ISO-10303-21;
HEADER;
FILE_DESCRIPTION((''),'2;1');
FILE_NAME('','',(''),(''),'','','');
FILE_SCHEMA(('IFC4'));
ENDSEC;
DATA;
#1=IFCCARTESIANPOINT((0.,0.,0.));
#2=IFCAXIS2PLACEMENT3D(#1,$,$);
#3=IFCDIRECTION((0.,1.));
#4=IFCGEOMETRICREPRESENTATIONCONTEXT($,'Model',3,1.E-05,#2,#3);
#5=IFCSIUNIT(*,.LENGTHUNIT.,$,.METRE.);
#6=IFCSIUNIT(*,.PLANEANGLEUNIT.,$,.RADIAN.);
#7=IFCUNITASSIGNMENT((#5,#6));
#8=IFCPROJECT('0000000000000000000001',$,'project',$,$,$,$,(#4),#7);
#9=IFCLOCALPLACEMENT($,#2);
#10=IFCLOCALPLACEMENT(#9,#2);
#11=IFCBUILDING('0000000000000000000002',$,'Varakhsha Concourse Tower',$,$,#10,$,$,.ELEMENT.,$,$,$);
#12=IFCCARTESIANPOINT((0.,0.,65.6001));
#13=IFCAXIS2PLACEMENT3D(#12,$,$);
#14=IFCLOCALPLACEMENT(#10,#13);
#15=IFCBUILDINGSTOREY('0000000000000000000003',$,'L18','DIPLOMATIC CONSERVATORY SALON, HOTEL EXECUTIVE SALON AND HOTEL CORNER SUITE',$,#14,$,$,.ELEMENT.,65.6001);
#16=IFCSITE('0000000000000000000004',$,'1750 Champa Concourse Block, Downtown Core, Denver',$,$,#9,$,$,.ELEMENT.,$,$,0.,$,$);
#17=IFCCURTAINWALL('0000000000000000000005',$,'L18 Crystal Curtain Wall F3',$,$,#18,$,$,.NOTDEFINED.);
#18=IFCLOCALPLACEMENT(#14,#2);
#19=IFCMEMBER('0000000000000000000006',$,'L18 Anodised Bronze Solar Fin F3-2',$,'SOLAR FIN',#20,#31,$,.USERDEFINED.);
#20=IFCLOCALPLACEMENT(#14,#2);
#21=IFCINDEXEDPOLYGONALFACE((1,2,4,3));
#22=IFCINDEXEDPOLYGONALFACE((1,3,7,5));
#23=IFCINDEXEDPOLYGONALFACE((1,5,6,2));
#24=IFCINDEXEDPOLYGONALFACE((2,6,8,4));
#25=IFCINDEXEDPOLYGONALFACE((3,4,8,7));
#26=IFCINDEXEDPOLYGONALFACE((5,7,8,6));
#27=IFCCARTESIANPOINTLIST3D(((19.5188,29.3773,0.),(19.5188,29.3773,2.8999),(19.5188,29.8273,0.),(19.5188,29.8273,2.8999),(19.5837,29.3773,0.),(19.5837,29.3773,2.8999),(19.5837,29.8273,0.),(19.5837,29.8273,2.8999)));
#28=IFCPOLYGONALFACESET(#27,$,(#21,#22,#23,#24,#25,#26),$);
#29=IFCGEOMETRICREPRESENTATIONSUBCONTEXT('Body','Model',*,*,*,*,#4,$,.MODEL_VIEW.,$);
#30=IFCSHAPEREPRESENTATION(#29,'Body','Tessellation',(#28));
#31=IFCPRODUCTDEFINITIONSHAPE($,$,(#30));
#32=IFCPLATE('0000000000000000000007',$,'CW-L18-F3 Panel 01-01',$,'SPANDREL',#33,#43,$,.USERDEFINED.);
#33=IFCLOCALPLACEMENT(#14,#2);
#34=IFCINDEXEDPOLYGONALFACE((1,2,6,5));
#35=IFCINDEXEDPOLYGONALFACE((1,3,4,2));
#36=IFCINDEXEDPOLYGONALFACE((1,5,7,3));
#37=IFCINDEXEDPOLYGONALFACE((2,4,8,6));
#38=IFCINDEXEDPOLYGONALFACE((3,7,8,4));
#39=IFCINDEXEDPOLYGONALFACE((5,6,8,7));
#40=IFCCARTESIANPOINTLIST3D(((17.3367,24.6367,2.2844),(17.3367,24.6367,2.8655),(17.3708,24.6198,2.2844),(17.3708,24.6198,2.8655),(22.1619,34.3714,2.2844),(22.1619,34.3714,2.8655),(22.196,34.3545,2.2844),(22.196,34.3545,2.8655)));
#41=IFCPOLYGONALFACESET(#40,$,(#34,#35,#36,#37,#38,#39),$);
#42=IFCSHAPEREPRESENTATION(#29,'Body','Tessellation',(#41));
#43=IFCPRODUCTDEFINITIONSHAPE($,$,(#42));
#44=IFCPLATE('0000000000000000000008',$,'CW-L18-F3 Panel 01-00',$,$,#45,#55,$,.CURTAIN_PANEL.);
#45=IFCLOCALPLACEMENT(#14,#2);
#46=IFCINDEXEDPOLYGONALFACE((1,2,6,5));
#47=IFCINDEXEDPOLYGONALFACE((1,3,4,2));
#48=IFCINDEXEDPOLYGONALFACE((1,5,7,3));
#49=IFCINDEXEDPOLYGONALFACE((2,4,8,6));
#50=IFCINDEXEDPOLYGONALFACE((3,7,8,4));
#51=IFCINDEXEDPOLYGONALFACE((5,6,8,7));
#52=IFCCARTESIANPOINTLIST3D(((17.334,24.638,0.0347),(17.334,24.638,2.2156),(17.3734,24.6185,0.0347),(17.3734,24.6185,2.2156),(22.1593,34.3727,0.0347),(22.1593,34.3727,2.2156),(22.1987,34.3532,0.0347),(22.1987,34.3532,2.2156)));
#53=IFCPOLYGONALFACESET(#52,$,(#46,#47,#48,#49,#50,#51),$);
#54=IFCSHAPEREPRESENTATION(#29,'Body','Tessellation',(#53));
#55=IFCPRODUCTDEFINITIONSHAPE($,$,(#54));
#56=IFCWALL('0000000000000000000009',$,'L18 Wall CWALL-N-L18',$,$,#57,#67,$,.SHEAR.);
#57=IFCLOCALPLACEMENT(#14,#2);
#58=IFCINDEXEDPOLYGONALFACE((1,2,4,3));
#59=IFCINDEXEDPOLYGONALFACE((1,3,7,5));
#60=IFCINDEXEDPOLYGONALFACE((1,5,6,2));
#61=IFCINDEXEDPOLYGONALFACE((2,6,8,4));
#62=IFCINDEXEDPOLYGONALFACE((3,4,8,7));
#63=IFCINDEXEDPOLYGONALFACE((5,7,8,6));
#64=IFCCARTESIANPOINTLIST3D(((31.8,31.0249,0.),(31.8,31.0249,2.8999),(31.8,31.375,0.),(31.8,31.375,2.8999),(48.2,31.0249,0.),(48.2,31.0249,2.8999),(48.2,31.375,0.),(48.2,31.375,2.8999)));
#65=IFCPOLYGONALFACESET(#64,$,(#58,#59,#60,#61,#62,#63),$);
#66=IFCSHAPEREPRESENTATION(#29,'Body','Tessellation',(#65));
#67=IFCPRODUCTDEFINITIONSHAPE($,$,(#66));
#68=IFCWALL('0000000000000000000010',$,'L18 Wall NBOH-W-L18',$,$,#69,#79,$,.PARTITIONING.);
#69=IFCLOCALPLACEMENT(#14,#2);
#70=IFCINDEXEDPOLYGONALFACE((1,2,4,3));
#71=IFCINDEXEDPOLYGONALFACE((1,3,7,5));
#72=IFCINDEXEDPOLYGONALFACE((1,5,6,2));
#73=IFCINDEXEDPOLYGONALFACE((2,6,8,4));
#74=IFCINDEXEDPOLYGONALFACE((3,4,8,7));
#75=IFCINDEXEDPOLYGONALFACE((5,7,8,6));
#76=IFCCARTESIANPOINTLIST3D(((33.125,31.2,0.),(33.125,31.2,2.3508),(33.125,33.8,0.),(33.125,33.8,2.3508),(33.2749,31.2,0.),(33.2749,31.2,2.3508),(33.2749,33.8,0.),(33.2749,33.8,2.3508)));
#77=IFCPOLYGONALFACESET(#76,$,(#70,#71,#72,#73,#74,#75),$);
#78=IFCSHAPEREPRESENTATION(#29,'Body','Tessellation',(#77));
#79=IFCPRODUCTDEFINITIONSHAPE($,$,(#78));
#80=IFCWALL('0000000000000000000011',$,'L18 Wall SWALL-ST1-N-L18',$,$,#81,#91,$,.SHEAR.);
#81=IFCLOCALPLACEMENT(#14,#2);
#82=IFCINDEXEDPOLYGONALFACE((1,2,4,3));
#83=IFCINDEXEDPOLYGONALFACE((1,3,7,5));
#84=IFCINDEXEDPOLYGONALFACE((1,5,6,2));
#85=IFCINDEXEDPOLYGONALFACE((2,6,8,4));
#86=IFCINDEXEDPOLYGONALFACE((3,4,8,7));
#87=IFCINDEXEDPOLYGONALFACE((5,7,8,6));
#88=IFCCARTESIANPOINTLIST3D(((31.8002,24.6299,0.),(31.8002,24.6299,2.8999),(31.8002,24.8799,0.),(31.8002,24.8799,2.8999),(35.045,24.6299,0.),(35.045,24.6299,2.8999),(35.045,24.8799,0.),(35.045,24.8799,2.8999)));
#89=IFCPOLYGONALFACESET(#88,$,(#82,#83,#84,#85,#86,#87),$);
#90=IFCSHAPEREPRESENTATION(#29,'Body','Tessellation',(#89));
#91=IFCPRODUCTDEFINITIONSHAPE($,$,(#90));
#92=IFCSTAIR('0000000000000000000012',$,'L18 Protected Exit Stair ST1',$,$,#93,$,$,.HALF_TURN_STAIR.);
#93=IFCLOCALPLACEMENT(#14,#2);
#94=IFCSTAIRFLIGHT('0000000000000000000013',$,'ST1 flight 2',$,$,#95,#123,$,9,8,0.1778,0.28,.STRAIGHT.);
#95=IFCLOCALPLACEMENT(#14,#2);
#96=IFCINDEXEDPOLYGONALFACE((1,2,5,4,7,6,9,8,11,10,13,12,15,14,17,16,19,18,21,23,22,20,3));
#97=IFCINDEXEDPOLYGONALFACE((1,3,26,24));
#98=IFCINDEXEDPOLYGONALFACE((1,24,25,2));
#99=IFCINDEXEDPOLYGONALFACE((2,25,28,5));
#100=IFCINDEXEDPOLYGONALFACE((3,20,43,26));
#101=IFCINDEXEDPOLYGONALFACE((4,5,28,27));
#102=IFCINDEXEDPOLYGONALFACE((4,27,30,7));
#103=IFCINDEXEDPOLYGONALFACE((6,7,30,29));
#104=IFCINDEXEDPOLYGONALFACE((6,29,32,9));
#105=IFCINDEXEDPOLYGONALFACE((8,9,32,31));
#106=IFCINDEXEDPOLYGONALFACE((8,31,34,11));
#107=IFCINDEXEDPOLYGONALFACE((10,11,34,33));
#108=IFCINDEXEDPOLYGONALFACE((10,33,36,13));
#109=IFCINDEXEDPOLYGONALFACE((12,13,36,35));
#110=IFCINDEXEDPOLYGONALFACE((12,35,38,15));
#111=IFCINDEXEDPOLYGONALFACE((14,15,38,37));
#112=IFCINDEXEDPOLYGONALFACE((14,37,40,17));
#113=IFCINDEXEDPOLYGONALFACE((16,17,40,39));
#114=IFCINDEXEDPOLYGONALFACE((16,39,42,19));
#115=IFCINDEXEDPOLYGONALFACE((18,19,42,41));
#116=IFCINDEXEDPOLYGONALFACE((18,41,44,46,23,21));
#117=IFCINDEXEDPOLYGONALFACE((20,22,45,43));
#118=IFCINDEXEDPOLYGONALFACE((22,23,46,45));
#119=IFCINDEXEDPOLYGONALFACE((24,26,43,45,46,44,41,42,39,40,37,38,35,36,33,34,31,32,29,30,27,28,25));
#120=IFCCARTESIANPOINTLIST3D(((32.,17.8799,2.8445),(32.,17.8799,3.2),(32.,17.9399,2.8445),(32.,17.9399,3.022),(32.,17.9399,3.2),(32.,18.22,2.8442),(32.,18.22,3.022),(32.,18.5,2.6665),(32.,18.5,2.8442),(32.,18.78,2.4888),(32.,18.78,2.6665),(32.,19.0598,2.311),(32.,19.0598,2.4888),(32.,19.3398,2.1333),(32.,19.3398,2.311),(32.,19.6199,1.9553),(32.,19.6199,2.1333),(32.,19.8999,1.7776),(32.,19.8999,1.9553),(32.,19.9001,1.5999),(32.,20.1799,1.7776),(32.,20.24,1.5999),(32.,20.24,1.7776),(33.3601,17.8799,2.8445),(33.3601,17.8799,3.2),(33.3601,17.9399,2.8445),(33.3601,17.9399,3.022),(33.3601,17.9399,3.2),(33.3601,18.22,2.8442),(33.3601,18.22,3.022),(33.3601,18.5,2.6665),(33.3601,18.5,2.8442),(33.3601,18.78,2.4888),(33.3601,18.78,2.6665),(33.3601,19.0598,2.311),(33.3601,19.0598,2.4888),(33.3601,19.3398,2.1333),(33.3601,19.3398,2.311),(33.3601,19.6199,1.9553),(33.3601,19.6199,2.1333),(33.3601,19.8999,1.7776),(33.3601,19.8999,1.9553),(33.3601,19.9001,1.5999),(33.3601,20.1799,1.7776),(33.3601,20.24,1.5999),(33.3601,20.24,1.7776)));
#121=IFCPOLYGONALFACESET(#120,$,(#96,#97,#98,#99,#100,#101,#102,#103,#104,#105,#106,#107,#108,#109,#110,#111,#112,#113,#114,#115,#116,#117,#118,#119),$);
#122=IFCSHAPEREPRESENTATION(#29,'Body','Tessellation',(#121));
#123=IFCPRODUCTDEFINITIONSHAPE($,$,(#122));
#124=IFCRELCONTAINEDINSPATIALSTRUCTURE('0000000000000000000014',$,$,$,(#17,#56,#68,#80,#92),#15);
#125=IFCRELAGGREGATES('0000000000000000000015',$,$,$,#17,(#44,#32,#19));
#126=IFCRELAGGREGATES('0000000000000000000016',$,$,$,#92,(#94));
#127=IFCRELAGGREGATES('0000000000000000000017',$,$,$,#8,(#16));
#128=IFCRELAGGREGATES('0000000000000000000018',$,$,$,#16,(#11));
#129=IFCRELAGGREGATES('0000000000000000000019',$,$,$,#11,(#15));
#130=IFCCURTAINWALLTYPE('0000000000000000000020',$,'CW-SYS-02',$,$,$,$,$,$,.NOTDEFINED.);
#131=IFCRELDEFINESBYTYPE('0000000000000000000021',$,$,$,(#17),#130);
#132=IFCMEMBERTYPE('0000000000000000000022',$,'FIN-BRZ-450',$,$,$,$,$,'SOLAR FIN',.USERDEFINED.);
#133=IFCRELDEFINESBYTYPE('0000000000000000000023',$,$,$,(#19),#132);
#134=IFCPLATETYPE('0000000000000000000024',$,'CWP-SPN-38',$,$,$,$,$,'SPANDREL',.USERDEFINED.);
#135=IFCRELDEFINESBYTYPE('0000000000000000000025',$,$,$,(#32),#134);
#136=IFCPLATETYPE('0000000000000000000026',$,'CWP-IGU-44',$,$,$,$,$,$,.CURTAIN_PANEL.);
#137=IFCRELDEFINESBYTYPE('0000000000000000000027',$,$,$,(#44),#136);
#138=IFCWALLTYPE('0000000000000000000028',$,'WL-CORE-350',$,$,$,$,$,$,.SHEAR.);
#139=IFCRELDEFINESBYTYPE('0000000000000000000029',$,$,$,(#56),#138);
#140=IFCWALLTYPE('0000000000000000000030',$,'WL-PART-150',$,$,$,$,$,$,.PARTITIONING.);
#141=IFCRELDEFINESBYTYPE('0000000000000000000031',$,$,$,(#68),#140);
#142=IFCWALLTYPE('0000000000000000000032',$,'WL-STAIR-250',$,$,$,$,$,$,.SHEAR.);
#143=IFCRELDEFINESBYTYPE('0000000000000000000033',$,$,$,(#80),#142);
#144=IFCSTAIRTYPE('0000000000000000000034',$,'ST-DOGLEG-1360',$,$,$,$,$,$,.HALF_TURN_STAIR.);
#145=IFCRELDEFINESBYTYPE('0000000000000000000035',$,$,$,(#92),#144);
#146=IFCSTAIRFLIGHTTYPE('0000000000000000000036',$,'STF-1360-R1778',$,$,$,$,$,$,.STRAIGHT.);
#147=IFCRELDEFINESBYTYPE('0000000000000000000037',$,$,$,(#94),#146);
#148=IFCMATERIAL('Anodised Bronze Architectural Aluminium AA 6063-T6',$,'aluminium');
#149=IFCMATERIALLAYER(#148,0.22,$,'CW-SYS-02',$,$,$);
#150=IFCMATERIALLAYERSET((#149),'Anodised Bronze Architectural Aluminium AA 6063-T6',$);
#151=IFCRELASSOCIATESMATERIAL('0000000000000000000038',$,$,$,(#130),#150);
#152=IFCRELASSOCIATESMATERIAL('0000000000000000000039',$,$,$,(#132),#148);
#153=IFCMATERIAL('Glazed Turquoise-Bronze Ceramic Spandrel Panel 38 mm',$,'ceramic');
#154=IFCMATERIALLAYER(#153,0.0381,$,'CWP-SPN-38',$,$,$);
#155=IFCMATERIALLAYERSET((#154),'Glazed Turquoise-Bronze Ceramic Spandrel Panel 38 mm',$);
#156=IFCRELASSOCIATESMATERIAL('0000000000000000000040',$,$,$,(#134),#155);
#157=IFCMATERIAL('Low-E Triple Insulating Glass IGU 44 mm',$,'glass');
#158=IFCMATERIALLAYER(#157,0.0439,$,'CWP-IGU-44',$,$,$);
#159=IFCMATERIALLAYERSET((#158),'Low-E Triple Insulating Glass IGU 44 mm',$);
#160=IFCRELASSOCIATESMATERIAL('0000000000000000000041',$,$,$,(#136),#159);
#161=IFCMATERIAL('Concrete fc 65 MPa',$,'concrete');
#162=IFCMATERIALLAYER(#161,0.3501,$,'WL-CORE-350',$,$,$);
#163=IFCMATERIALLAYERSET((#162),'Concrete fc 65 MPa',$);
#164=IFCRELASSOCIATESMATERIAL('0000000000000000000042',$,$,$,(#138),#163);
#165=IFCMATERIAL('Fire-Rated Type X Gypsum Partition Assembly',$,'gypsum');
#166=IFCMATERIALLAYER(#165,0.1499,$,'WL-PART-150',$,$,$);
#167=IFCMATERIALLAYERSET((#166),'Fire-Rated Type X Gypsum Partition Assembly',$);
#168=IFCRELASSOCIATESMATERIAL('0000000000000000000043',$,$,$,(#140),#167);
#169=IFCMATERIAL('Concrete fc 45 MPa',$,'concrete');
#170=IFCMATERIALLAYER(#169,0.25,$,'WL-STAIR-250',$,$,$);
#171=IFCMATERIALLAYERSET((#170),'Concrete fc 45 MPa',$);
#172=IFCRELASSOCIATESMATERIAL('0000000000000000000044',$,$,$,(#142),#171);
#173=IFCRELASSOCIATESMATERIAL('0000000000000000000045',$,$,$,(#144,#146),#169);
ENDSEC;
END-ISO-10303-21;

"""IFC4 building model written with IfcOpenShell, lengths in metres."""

from ifc_helpers import new_model, si_unit, direction, frame, frame_2d, origin, origin_2d, place, context, subcontext, project, spatial, polyline, rectangle, outline, extrude, source, transform, mapped, material, layer, layer_set, material_profile, profile_set, type_object, type_shapes, element, aggregate, save


model = new_model("IFC4")

# Units and contexts
model_context = context("Model", 3, precision=1e-05, world=origin(), true_north=direction((0.0, 1.0)))
body_context = subcontext(model_context, "Body", "Model", "MODEL_VIEW")
ifc_project = project(units=[si_unit("LENGTHUNIT", "METRE"), si_unit("PLANEANGLEUNIT", "RADIAN")], contexts=[model_context])

# Site, building, storey
site_placement = place(None, origin())
site = spatial("IfcSite", under=ifc_project, at=site_placement, Name="1750 Champa Concourse Block, Downtown Core, Denver", CompositionType="ELEMENT", RefElevation=0.0)
building_placement = place(site_placement, origin())
building = spatial("IfcBuilding", under=site, at=building_placement, Name="Varakhsha Concourse Tower", CompositionType="ELEMENT")
storey_placement = place(building_placement, frame((0.0, 0.0, 65.6001)))
storey = spatial("IfcBuildingStorey", under=building, at=storey_placement, Name="L18", Description="DIPLOMATIC CONSERVATORY SALON, HOTEL EXECUTIVE SALON AND HOTEL CORNER SUITE", CompositionType="ELEMENT", Elevation=65.6001)

# Shared definitions
ifc_material_1 = material(Name="Concrete fc 65 MPa", Category="concrete")

# Curtain wall, member, plates
ifc_material_2 = material(Name="Anodised Bronze Architectural Aluminium AA 6063-T6", Category="aluminium")
ifc_layer_1 = layer(ifc_material_2, 0.22, Name="CW-SYS-02")
ifc_layer_set_1 = layer_set([ifc_layer_1], Name="Anodised Bronze Architectural Aluminium AA 6063-T6")
curtain_wall_type = type_object("IfcCurtainWallType", Name="CW-SYS-02", PredefinedType="NOTDEFINED", material=ifc_layer_set_1)
curtain_wall_placement = place(storey_placement, origin())
curtain_wall = element("IfcCurtainWall", 1, at=curtain_wall_placement, inside=storey, type_object=curtain_wall_type, Name="L18 Crystal Curtain Wall F3", PredefinedType="NOTDEFINED")
ifc_material_profile_1 = material_profile(ifc_material_2, rectangle(XDim=0.0649, YDim=0.45, at=origin_2d()), Name="FIN-BRZ-450")
ifc_profile_set_1 = profile_set([ifc_material_profile_1], Name="Anodised Bronze Architectural Aluminium AA 6063-T6")
member_type_1 = type_object("IfcMemberType", Name="FIN-BRZ-450", ElementType="SOLAR FIN", PredefinedType="USERDEFINED", material=ifc_profile_set_1)
shared_shape_1 = source(origin(), body_context, "Body", "SweptSolid", [
    extrude(rectangle(XDim=0.0649, YDim=0.45, at=origin_2d()), origin(), (0.0, 0.0, 1.0), 2.8999),
])
type_shapes(member_type_1, [shared_shape_1])
member_1_placement = place(storey_placement, frame((19.5513, 29.6023, 0.0), z_axis=(0.0, 0.0, 1.0), x_axis=(1.0, 0.0, 0.0)))
member_1 = element("IfcMember", 2, at=member_1_placement, type_object=member_type_1, Name="L18 Anodised Bronze Solar Fin F3-2", ObjectType="SOLAR FIN", PredefinedType="USERDEFINED", context=body_context, shape_type="MappedRepresentation", body=[
    mapped(shared_shape_1, transform((0.0, 0.0, 0.0), scale=1.0)),
])
ifc_material_3 = material(Name="Glazed Turquoise-Bronze Ceramic Spandrel Panel 38 mm", Category="ceramic")
ifc_layer_2 = layer(ifc_material_3, 0.0381, Name="CWP-SPN-38")
ifc_layer_set_2 = layer_set([ifc_layer_2], Name="Glazed Turquoise-Bronze Ceramic Spandrel Panel 38 mm")
plate_type_1 = type_object("IfcPlateType", Name="CWP-SPN-38", ElementType="SPANDREL", PredefinedType="USERDEFINED", material=ifc_layer_set_2)
shared_shape_2 = source(origin(), body_context, "Body", "SweptSolid", [
    extrude(rectangle(XDim=10.865, YDim=0.0381, at=origin_2d()), origin(), (0.0, 0.0, 1.0), 0.5811),
])
type_shapes(plate_type_1, [shared_shape_2])
plate_1_placement = place(storey_placement, frame((19.7664, 29.4956, 2.2844), z_axis=(0.0, 0.0, 1.0), x_axis=(0.44411, 0.895972, 0.0)))
plate_1 = element("IfcPlate", 3, at=plate_1_placement, type_object=plate_type_1, Name="CW-L18-F3 Panel 01-01", ObjectType="SPANDREL", PredefinedType="USERDEFINED", context=body_context, shape_type="MappedRepresentation", body=[
    mapped(shared_shape_2, transform((0.0, 0.0, 0.0), scale=1.0)),
])
ifc_material_4 = material(Name="Low-E Triple Insulating Glass IGU 44 mm", Category="glass")
ifc_layer_3 = layer(ifc_material_4, 0.0439, Name="CWP-IGU-44")
ifc_layer_set_3 = layer_set([ifc_layer_3], Name="Low-E Triple Insulating Glass IGU 44 mm")
plate_type_2 = type_object("IfcPlateType", Name="CWP-IGU-44", PredefinedType="CURTAIN_PANEL", material=ifc_layer_set_3)
shared_shape_3 = source(origin(), body_context, "Body", "SweptSolid", [
    extrude(rectangle(XDim=10.865, YDim=0.0439, at=origin_2d()), origin(), (0.0, 0.0, 1.0), 2.1809),
])
type_shapes(plate_type_2, [shared_shape_3])
plate_2_placement = place(storey_placement, frame((19.7664, 29.4956, 0.0347), z_axis=(0.0, 0.0, 1.0), x_axis=(0.44411, 0.895972, 0.0)))
plate_2 = element("IfcPlate", 4, at=plate_2_placement, type_object=plate_type_2, Name="CW-L18-F3 Panel 01-00", PredefinedType="CURTAIN_PANEL", context=body_context, shape_type="MappedRepresentation", body=[
    mapped(shared_shape_3, transform((0.0, 0.0, 0.0), scale=1.0)),
])
aggregate(curtain_wall, [plate_2, plate_1, member_1])

# Walls
ifc_layer_4 = layer(ifc_material_1, 0.3501, Name="WL-CORE-350")
ifc_layer_set_4 = layer_set([ifc_layer_4], Name="Concrete fc 65 MPa")
wall_type_1 = type_object("IfcWallType", Name="WL-CORE-350", PredefinedType="SHEAR", material=ifc_layer_set_4)
wall_1_placement = place(storey_placement, frame((31.8, 31.2, 0.0), z_axis=(0.0, 0.0, 1.0), x_axis=(1.0, 0.0, 0.0)))
element("IfcWall", 5, at=wall_1_placement, inside=storey, type_object=wall_type_1, Name="L18 Wall CWALL-N-L18", PredefinedType="SHEAR", context=body_context, shape_type="SweptSolid", body=[
    extrude(rectangle(XDim=16.3999, YDim=0.3501, at=frame_2d((8.2, 0.0))), origin(), (0.0, 0.0, 1.0), 2.8999),
])
ifc_material_5 = material(Name="Fire-Rated Type X Gypsum Partition Assembly", Category="gypsum")
ifc_layer_5 = layer(ifc_material_5, 0.1499, Name="WL-PART-150")
ifc_layer_set_5 = layer_set([ifc_layer_5], Name="Fire-Rated Type X Gypsum Partition Assembly")
wall_type_2 = type_object("IfcWallType", Name="WL-PART-150", PredefinedType="PARTITIONING", material=ifc_layer_set_5)
wall_2_placement = place(storey_placement, frame((33.2, 31.2, 0.0), z_axis=(0.0, 0.0, 1.0), x_axis=(0.0, 1.0, 0.0)))
element("IfcWall", 6, at=wall_2_placement, inside=storey, type_object=wall_type_2, Name="L18 Wall NBOH-W-L18", PredefinedType="PARTITIONING", context=body_context, shape_type="SweptSolid", body=[
    extrude(rectangle(XDim=2.6001, YDim=0.1499, at=frame_2d((1.3, 0.0))), origin(), (0.0, 0.0, 1.0), 2.3508),
])

# Wall
ifc_material_6 = material(Name="Concrete fc 45 MPa", Category="concrete")
ifc_layer_6 = layer(ifc_material_6, 0.25, Name="WL-STAIR-250")
ifc_layer_set_6 = layer_set([ifc_layer_6], Name="Concrete fc 45 MPa")
wall_type_3 = type_object("IfcWallType", Name="WL-STAIR-250", PredefinedType="SHEAR", material=ifc_layer_set_6)
wall_3_placement = place(storey_placement, frame((31.8, 24.7549, 0.0), z_axis=(0.0, 0.0, 1.0), x_axis=(1.0, 0.0, 0.0)))
element("IfcWall", 7, at=wall_3_placement, inside=storey, type_object=wall_type_3, Name="L18 Wall SWALL-ST1-N-L18", PredefinedType="SHEAR", context=body_context, shape_type="SweptSolid", body=[
    extrude(rectangle(XDim=3.2449, YDim=0.25, at=frame_2d((1.6226, 0.0))), origin(), (0.0, 0.0, 1.0), 2.8999),
])

# Stair, stair flight
stair_type = type_object("IfcStairType", Name="ST-DOGLEG-1360", PredefinedType="HALF_TURN_STAIR", material=ifc_material_6)
stair_placement = place(storey_placement, origin())
stair = element("IfcStair", 8, at=stair_placement, inside=storey, type_object=stair_type, Name="L18 Protected Exit Stair ST1", PredefinedType="HALF_TURN_STAIR")
stair_flight_type = type_object("IfcStairFlightType", Name="STF-1360-R1778", PredefinedType="STRAIGHT", material=ifc_material_6)
stair_flight_placement = place(storey_placement, frame((32.6799, 20.1799, 1.5999), z_axis=(0.0, 0.0, 1.0), x_axis=(0.0, -1.0, 0.0)))
stair_flight = element("IfcStairFlight", 9, at=stair_flight_placement, type_object=stair_flight_type, Name="ST1 flight 2", NumberOfRisers=9, NumberOfTreads=8, PredefinedType="STRAIGHT", RiserHeight=0.1778, TreadLength=0.28, context=body_context, shape_type="SweptSolid", body=[
    extrude(outline(polyline([(-0.0601, 0.0), (-0.0601, 0.1777), (0.0, 0.1777), (0.28, 0.1777), (0.28, 0.3555), (0.5601, 0.3555), (0.5601, 0.5334), (0.8401, 0.5334), (0.8401, 0.7112), (1.1201, 0.7112), (1.1201, 0.8889), (1.3999, 0.8889), (1.3999, 1.0667), (1.6799, 1.0667), (1.6799, 1.2444), (1.96, 1.2444), (1.96, 1.4221), (2.24, 1.4221), (2.24, 1.6001), (2.3, 1.6001), (2.3, 1.2446), (2.24, 1.2446), (0.2798, 0.0), (-0.0601, 0.0)])), frame((0.0, 0.6802, 0.0), z_axis=(0.0, -1.0, 0.0), x_axis=(1.0, 0.0, 0.0)), (0.0, 0.0, 1.0), 1.3601),
])
aggregate(stair, [stair_flight])

save(model, "model.ifc")
